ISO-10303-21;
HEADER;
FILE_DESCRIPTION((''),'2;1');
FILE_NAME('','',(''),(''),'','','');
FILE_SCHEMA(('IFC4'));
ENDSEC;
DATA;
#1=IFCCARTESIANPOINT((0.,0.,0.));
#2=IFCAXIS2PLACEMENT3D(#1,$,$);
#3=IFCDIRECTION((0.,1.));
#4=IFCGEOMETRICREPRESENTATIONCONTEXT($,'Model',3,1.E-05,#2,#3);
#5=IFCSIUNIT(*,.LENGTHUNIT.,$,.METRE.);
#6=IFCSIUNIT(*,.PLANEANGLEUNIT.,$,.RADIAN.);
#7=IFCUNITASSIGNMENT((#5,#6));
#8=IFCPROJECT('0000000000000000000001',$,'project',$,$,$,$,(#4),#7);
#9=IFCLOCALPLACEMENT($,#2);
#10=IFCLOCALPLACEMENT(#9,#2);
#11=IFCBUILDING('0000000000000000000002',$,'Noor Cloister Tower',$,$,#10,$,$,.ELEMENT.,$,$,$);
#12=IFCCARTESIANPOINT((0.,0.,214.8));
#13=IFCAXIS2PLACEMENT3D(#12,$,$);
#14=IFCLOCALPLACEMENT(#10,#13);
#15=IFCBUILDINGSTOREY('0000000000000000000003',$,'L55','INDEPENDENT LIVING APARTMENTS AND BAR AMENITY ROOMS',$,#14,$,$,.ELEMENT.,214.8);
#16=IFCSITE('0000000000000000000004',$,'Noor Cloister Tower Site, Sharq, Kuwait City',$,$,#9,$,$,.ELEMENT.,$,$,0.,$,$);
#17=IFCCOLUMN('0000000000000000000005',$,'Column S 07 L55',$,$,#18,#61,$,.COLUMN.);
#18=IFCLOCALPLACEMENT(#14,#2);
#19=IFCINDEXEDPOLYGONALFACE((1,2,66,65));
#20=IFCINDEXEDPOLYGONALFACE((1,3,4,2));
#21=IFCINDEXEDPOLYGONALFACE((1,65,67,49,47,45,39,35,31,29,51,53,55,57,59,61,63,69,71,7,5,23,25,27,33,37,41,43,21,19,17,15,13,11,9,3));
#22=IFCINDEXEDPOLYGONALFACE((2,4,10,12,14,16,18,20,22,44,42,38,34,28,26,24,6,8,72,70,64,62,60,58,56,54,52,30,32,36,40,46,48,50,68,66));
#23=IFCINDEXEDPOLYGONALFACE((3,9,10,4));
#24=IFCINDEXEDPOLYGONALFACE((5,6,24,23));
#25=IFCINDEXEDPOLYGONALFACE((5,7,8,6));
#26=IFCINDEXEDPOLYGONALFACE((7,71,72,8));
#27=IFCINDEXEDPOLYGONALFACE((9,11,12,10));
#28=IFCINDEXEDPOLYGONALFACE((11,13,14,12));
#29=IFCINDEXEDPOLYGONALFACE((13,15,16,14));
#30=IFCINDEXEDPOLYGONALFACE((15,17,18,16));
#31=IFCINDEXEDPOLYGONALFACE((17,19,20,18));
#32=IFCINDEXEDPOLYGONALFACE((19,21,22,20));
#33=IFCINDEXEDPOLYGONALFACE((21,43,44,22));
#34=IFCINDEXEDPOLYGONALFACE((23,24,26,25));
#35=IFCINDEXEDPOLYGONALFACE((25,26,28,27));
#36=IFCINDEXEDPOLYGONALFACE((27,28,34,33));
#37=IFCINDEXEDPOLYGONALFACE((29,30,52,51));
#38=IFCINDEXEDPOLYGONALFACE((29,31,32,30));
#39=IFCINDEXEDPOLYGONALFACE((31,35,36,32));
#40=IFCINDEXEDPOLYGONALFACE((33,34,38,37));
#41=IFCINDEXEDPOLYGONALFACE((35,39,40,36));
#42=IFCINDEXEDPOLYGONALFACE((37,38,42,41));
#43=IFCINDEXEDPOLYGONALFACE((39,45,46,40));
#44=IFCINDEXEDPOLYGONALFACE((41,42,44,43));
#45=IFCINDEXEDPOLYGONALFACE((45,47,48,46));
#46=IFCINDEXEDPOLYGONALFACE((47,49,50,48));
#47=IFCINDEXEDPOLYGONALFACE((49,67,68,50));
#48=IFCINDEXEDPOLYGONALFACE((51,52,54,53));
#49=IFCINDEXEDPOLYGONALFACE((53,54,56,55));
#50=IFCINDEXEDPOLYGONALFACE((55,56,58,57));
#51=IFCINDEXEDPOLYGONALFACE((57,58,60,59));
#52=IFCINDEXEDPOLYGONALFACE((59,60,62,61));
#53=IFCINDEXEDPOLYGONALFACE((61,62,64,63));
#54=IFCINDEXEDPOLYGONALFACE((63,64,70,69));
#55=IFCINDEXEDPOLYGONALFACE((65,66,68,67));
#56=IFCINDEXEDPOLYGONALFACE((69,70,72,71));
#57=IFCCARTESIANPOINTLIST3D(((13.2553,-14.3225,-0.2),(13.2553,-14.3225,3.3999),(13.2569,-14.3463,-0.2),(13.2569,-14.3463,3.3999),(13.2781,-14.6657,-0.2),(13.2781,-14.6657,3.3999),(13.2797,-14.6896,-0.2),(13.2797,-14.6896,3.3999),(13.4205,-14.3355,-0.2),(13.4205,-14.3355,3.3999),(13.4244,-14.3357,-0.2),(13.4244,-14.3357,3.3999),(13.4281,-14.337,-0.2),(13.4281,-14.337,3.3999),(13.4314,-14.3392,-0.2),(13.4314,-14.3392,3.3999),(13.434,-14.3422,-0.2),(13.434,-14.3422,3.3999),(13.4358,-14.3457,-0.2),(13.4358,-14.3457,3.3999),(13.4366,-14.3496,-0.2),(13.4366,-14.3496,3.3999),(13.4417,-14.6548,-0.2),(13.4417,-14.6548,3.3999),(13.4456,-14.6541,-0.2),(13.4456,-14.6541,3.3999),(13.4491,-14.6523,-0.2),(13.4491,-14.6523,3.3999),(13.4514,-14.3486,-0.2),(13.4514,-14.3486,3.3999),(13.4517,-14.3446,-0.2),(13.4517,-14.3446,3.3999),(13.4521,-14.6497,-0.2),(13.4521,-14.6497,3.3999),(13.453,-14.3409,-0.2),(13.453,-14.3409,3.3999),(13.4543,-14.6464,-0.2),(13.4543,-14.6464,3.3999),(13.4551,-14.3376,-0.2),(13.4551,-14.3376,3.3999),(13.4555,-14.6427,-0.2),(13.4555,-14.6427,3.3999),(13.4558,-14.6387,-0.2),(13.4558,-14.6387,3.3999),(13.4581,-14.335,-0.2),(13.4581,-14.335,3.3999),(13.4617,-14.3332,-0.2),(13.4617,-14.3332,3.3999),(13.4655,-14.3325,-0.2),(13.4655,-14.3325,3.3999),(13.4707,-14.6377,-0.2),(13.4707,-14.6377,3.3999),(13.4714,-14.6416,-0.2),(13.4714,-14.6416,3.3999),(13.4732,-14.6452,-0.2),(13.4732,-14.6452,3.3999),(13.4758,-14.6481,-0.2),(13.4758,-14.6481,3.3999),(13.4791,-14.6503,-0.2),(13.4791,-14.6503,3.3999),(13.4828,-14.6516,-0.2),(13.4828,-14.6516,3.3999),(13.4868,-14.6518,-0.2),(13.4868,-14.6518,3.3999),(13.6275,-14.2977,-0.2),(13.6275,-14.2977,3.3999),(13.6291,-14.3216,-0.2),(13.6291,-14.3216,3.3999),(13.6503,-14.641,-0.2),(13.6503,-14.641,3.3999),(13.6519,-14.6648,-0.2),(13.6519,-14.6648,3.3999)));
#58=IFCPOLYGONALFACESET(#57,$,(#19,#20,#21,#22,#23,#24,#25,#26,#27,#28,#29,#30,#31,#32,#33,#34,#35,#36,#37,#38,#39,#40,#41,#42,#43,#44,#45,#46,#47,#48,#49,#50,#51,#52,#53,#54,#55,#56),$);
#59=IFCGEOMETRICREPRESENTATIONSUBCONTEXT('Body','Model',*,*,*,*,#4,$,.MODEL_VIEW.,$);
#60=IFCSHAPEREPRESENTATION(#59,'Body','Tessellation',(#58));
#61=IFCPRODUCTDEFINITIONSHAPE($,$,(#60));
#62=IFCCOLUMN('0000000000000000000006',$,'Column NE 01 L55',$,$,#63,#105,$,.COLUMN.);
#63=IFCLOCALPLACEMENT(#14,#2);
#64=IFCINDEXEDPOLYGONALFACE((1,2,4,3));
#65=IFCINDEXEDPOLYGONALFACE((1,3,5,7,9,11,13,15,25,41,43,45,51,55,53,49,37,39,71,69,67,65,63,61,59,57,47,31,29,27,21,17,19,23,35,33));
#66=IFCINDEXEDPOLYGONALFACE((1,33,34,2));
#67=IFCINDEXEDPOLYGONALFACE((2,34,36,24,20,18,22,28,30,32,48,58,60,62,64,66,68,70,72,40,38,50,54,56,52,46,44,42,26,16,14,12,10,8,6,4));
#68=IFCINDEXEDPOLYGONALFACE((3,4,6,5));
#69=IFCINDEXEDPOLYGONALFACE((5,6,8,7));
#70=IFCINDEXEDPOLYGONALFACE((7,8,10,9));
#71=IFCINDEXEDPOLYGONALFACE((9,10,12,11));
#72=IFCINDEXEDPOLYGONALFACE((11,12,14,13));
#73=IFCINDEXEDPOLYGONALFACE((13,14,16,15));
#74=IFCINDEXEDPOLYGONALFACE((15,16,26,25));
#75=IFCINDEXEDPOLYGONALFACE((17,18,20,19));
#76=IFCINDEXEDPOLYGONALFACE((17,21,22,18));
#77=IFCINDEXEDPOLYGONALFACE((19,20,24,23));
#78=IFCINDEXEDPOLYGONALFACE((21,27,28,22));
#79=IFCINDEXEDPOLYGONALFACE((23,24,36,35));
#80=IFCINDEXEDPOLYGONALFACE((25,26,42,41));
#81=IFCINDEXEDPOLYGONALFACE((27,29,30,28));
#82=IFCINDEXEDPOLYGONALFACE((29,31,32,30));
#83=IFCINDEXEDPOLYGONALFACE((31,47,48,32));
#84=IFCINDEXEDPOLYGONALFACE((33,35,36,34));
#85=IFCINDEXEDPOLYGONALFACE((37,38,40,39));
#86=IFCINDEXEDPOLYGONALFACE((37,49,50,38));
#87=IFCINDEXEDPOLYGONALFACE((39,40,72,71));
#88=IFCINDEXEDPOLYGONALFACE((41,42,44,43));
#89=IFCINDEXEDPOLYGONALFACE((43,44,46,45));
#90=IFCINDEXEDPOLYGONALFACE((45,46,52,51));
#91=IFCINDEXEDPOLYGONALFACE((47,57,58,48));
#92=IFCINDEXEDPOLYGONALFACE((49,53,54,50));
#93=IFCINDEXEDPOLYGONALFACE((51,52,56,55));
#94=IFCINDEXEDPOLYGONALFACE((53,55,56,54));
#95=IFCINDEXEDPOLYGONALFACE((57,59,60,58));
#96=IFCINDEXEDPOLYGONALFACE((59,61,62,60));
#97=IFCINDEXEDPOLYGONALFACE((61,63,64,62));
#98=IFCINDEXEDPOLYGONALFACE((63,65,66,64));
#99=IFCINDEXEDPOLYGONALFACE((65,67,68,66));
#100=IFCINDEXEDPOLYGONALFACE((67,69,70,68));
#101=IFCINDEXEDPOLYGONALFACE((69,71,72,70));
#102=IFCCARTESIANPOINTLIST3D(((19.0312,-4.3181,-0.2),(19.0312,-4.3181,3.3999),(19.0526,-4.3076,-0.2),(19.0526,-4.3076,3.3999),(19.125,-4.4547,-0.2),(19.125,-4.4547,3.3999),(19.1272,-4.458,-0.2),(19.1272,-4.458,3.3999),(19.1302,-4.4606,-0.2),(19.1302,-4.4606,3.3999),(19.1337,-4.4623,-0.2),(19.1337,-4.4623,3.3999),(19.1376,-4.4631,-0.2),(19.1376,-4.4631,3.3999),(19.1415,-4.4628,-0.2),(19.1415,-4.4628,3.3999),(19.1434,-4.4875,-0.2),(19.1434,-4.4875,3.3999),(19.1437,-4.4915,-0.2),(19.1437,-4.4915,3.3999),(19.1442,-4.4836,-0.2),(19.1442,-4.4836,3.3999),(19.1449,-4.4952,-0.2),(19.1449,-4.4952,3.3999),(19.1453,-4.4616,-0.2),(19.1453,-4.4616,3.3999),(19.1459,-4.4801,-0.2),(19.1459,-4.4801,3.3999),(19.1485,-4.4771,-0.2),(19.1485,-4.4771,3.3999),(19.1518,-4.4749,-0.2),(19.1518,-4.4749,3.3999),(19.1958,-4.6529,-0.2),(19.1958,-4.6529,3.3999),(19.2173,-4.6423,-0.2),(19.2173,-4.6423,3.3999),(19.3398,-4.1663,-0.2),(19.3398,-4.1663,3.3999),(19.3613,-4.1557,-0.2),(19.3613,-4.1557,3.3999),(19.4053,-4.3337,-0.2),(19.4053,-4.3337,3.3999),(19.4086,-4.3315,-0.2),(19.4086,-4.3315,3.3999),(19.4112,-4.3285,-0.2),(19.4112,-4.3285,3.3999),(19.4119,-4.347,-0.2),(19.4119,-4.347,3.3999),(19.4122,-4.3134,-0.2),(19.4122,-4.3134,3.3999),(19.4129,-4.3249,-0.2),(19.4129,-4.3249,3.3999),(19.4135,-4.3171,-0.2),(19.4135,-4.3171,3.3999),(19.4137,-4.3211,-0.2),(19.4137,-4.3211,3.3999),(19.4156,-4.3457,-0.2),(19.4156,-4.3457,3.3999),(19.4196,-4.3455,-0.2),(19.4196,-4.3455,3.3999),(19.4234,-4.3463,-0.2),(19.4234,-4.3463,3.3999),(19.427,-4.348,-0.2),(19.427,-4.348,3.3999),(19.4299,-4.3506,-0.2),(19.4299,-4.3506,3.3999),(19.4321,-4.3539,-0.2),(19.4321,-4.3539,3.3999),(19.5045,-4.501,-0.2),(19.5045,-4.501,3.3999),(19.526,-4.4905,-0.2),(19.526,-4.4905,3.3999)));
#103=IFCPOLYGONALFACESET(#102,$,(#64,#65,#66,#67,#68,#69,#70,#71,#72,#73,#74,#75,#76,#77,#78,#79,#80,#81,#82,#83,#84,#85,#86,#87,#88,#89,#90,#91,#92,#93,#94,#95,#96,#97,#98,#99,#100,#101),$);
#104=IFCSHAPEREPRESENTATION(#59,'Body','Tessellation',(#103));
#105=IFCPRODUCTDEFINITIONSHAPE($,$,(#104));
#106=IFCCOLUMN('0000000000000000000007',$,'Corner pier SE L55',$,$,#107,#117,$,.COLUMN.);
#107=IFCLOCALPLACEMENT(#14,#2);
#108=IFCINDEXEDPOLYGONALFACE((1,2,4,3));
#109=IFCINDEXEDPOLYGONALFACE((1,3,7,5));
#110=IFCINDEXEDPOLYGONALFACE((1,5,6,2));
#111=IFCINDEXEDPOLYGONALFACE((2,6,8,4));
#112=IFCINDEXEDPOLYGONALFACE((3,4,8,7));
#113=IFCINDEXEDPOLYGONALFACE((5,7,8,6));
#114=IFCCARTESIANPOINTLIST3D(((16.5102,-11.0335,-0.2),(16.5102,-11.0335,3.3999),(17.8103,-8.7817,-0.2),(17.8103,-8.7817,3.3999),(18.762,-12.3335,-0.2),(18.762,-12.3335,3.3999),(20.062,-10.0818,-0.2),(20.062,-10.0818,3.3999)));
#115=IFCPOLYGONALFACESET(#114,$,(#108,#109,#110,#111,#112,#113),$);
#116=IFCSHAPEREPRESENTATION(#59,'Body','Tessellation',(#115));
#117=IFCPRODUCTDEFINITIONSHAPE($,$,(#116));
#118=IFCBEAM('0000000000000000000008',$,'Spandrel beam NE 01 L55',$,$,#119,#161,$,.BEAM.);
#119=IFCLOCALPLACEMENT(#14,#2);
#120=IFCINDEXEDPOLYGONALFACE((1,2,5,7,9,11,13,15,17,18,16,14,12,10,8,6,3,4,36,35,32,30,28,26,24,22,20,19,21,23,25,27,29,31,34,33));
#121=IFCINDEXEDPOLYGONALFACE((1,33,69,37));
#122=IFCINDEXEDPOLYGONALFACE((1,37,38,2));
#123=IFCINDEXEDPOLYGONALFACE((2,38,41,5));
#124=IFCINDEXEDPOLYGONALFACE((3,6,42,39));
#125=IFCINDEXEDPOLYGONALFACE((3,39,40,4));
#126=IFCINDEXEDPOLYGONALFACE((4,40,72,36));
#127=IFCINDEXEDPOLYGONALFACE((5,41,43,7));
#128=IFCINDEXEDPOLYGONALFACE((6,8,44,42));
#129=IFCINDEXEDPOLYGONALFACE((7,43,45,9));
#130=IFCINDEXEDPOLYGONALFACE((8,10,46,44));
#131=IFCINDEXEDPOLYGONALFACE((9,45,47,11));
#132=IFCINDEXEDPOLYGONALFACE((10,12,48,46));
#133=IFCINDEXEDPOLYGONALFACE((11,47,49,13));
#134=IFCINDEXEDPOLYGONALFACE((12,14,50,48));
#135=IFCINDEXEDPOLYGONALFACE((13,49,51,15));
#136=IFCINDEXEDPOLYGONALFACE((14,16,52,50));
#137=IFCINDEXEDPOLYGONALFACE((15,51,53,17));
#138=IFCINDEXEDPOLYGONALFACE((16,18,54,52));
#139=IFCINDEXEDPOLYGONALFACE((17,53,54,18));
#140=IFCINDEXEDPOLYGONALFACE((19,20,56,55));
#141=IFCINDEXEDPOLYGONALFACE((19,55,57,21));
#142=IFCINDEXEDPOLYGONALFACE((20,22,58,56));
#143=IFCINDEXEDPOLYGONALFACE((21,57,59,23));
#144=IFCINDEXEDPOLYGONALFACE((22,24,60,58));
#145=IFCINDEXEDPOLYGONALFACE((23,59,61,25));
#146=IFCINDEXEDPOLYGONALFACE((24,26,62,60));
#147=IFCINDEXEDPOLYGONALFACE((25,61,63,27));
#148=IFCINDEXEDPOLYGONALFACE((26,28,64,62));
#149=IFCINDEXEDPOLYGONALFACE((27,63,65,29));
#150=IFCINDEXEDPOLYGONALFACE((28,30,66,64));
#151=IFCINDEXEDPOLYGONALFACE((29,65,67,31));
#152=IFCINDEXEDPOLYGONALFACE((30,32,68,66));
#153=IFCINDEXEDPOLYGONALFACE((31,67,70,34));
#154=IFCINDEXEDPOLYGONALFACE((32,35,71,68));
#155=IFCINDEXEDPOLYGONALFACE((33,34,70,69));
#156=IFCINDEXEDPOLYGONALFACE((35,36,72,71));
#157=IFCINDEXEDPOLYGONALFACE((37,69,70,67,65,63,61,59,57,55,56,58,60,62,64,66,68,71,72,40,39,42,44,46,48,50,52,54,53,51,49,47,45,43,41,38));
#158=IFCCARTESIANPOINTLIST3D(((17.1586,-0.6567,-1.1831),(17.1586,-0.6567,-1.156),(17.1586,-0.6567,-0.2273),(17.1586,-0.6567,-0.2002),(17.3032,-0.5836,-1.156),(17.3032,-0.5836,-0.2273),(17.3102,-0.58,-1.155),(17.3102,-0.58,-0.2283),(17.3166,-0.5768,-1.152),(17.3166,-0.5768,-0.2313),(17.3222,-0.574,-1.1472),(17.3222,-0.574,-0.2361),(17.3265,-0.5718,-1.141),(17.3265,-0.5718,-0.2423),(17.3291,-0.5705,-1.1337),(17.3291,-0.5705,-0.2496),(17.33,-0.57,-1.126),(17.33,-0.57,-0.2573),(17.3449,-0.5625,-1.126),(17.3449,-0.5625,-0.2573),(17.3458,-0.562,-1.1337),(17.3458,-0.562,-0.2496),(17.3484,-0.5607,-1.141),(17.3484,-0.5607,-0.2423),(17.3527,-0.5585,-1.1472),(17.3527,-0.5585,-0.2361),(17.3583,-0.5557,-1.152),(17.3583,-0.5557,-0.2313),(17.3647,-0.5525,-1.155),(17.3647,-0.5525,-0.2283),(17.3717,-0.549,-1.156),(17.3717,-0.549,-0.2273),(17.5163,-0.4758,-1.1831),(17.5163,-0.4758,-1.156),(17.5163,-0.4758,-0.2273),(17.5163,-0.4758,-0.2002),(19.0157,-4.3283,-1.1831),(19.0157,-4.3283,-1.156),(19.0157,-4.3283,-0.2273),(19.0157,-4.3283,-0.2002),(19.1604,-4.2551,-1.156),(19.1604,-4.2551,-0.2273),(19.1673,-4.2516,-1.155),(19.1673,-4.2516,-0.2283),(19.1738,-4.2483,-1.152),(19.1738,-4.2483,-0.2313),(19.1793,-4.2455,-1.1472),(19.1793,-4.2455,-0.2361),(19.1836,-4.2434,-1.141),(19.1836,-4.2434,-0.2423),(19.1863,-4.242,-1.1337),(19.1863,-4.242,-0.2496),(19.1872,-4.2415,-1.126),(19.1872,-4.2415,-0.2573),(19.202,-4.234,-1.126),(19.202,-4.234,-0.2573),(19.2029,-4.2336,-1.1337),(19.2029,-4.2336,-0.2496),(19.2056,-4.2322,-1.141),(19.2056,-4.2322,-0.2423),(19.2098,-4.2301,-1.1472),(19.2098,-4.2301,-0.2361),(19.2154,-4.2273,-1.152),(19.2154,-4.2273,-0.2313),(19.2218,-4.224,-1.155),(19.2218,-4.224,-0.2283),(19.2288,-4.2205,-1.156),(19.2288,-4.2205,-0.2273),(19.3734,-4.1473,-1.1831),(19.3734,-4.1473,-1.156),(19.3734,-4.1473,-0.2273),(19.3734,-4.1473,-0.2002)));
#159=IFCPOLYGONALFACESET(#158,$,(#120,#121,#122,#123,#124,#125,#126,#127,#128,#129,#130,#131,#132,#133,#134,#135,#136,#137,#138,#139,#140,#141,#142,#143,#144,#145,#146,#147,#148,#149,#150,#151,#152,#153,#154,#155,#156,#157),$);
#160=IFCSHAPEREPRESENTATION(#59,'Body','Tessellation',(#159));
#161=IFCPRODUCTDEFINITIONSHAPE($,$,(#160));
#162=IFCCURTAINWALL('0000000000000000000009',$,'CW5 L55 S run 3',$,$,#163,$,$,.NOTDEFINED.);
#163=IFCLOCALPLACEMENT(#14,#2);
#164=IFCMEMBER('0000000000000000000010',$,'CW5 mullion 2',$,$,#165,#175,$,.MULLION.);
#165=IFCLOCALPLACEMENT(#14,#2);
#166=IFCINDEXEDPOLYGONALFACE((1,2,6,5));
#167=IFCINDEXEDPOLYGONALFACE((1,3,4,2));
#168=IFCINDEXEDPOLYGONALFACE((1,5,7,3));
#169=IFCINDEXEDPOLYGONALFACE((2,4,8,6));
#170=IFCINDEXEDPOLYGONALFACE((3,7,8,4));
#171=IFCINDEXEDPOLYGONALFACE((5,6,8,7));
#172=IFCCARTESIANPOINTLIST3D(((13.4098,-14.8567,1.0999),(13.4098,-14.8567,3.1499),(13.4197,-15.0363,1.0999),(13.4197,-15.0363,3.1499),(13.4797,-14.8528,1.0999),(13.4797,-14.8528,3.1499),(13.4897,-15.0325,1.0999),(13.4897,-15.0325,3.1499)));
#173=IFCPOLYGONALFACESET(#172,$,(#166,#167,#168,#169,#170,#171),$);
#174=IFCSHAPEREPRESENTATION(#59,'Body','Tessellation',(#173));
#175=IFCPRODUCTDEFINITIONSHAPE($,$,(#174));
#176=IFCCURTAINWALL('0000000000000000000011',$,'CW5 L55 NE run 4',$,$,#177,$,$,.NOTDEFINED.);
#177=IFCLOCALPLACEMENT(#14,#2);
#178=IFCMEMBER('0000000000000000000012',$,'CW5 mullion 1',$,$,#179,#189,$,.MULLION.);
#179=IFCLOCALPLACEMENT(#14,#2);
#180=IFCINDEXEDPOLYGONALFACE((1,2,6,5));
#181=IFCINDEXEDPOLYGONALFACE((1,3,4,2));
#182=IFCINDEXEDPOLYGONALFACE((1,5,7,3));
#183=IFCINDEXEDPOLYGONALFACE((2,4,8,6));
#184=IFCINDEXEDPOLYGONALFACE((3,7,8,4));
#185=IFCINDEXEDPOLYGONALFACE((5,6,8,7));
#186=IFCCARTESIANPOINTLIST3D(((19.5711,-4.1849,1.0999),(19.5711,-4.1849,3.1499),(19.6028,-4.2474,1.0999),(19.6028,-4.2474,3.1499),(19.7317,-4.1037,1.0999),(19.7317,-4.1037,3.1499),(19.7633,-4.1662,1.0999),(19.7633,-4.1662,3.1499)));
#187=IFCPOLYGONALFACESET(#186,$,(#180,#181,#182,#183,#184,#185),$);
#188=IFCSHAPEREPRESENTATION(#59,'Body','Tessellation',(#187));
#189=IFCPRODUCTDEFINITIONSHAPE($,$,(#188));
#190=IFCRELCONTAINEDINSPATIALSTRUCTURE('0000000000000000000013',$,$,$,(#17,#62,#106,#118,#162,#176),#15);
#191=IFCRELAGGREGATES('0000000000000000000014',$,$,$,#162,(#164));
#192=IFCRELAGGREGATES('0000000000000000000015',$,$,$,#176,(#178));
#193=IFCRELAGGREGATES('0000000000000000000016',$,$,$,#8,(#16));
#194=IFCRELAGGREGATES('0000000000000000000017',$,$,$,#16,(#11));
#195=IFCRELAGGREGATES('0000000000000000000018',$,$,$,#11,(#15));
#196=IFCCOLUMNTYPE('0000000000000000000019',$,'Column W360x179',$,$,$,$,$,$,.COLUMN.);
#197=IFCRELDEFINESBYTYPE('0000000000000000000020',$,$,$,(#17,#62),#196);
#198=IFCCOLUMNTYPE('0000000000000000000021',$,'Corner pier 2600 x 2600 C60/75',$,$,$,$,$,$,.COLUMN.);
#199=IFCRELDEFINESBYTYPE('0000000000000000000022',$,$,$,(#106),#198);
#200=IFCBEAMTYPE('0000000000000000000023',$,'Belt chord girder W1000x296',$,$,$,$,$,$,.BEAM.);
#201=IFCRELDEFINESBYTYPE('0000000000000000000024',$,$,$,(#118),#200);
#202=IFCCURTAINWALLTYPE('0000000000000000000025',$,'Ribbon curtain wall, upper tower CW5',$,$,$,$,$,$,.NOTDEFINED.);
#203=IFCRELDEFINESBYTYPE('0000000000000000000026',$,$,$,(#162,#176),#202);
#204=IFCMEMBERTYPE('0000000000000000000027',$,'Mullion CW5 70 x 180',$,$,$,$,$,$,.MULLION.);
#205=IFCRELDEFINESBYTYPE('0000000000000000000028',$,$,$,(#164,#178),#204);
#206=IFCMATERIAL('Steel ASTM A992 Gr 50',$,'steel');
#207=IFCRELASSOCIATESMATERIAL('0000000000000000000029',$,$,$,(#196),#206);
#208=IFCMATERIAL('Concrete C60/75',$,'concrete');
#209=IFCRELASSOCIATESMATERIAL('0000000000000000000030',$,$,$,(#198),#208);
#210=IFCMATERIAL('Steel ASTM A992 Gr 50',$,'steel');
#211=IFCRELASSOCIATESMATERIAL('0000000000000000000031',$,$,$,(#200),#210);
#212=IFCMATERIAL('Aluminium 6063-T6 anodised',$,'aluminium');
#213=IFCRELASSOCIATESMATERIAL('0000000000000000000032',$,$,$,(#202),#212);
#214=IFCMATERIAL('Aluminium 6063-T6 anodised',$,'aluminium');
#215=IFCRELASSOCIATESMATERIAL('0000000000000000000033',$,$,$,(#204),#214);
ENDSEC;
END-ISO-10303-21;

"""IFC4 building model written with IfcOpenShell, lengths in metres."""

from ifc_helpers import new_model, si_unit, direction, frame, origin, origin_2d, place, context, subcontext, project, spatial, rectangle, i_section, extrude, material, material_profile, profile_set, type_object, element, aggregate, save


model = new_model("IFC4")

# Units and contexts
model_context = context("Model", 3, precision=1e-05, world=origin(), true_north=direction((0.0, 1.0)))
body_context = subcontext(model_context, "Body", "Model", "MODEL_VIEW")
ifc_project = project(units=[si_unit("LENGTHUNIT", "METRE"), si_unit("PLANEANGLEUNIT", "RADIAN")], contexts=[model_context])

# Site, building, storey
site_placement = place(None, origin())
site = spatial("IfcSite", under=ifc_project, at=site_placement, Name="Noor Cloister Tower Site, Sharq, Kuwait City", CompositionType="ELEMENT", RefElevation=0.0)
building_placement = place(site_placement, origin())
building = spatial("IfcBuilding", under=site, at=building_placement, Name="Noor Cloister Tower", CompositionType="ELEMENT")
storey_placement = place(building_placement, frame((0.0, 0.0, 214.8)))
storey = spatial("IfcBuildingStorey", under=building, at=storey_placement, Name="L55", Description="INDEPENDENT LIVING APARTMENTS AND BAR AMENITY ROOMS", CompositionType="ELEMENT", Elevation=214.8)

# Columns
ifc_material_1 = material(Name="Steel ASTM A992 Gr 50", Category="steel")
ifc_material_profile_1 = material_profile(ifc_material_1, i_section(OverallWidth=0.373, OverallDepth=0.3679, WebThickness=0.0149, FlangeThickness=0.0239, FilletRadius=0.0151, at=origin_2d()), Name="W360x179")
ifc_profile_set_1 = profile_set([ifc_material_profile_1], Name="Steel ASTM A992 Gr 50")
column_type_1 = type_object("IfcColumnType", Name="Column W360x179", PredefinedType="COLUMN", material=ifc_profile_set_1)
for number, where, z_axis, x_axis, name in (
    (1, (13.4536, -14.4937, -0.2), (0.0, 0.0, 1.0), (0.997796, 0.066352, 0.0), "Column S 07 L55"),
    (2, (19.2786, -4.4043, -0.2), (0.0, 0.0, 1.0), (-0.441436, 0.897293, 0.0), "Column NE 01 L55"),
):
    element("IfcColumn", number, at=place(storey_placement, frame(where, z_axis=z_axis, x_axis=x_axis)), inside=storey, type_object=column_type_1, Name=name, PredefinedType="COLUMN", context=body_context, shape_type="SweptSolid", body=[
        extrude(i_section(OverallWidth=0.373, OverallDepth=0.3679, WebThickness=0.0149, FlangeThickness=0.0239, FilletRadius=0.0151, at=origin_2d()), origin(), (0.0, 0.0, 1.0), 3.5999),
    ])
ifc_material_2 = material(Name="Concrete C60/75", Category="concrete")
ifc_material_profile_2 = material_profile(ifc_material_2, rectangle(XDim=2.6001, YDim=2.6001, at=origin_2d()), Name="RC 2600x2600")
ifc_profile_set_2 = profile_set([ifc_material_profile_2], Name="Concrete C60/75")
column_type_2 = type_object("IfcColumnType", Name="Corner pier 2600 x 2600 C60/75", PredefinedType="COLUMN", material=ifc_profile_set_2)
column_placement = place(storey_placement, frame((18.2861, -10.5576, -0.2), z_axis=(0.0, 0.0, 1.0), x_axis=(0.866025, -0.5, 0.0)))
element("IfcColumn", 3, at=column_placement, inside=storey, type_object=column_type_2, Name="Corner pier SE L55", PredefinedType="COLUMN", context=body_context, shape_type="SweptSolid", body=[
    extrude(rectangle(XDim=2.6001, YDim=2.6001, at=origin_2d()), origin(), (0.0, 0.0, 1.0), 3.5999),
])

# Beam
ifc_material_3 = material(Name="Steel ASTM A992 Gr 50", Category="steel")
ifc_material_profile_3 = material_profile(ifc_material_3, i_section(OverallWidth=0.4009, OverallDepth=0.9829, WebThickness=0.0166, FlangeThickness=0.0271, FilletRadius=0.03, at=origin_2d()), Name="W1000x296")
ifc_profile_set_3 = profile_set([ifc_material_profile_3], Name="Steel ASTM A992 Gr 50")
beam_type_1 = type_object("IfcBeamType", Name="Belt chord girder W1000x296", PredefinedType="BEAM", material=ifc_profile_set_3)
beam_1_placement = place(storey_placement, frame((19.1946, -4.2378, -0.6917), z_axis=(-0.451362, 0.892341, 0.0), x_axis=(-0.892341, -0.451362, 0.0)))
element("IfcBeam", 4, at=beam_1_placement, inside=storey, type_object=beam_type_1, Name="Spandrel beam NE 01 L55", PredefinedType="BEAM", context=body_context, shape_type="SweptSolid", body=[
    extrude(i_section(OverallWidth=0.4009, OverallDepth=0.9829, WebThickness=0.0166, FlangeThickness=0.0271, FilletRadius=0.03, at=origin_2d()), origin(), (0.0, 0.0, 1.0), 4.1145),
])

# Curtain walls, members
ifc_material_4 = material(Name="Aluminium 6063-T6 anodised", Category="aluminium")
curtain_wall_type = type_object("IfcCurtainWallType", Name="Ribbon curtain wall, upper tower CW5", PredefinedType="NOTDEFINED", material=ifc_material_4)
curtain_wall_1_placement = place(storey_placement, origin())
curtain_wall_1 = element("IfcCurtainWall", 5, at=curtain_wall_1_placement, inside=storey, type_object=curtain_wall_type, Name="CW5 L55 S run 3", PredefinedType="NOTDEFINED")
ifc_material_5 = material(Name="Aluminium 6063-T6 anodised", Category="aluminium")
ifc_material_profile_4 = material_profile(ifc_material_5, rectangle(XDim=0.1799, YDim=0.0701, at=origin_2d()), Name="180 x 70 mullion")
ifc_profile_set_4 = profile_set([ifc_material_profile_4], Name="Aluminium 6063-T6 anodised")
member_type = type_object("IfcMemberType", Name="Mullion CW5 70 x 180", PredefinedType="MULLION", material=ifc_profile_set_4)
member_1_placement = place(storey_placement, frame((13.4497, -14.9446, 1.0999), z_axis=(0.0, 0.0, 1.0), x_axis=(-0.055305, 0.998469, 0.0)))
member_1 = element("IfcMember", 6, at=member_1_placement, type_object=member_type, Name="CW5 mullion 2", PredefinedType="MULLION", context=body_context, shape_type="SweptSolid", body=[
    extrude(rectangle(XDim=0.1799, YDim=0.0701, at=origin_2d()), origin(), (0.0, 0.0, 1.0), 2.05),
])
curtain_wall_2_placement = place(storey_placement, origin())
curtain_wall_2 = element("IfcCurtainWall", 7, at=curtain_wall_2_placement, inside=storey, type_object=curtain_wall_type, Name="CW5 L55 NE run 4", PredefinedType="NOTDEFINED")
member_2_placement = place(storey_placement, frame((19.6672, -4.1755, 1.0999), z_axis=(0.0, 0.0, 1.0), x_axis=(-0.892353, -0.451339, 0.0)))
member_2 = element("IfcMember", 8, at=member_2_placement, type_object=member_type, Name="CW5 mullion 1", PredefinedType="MULLION", context=body_context, shape_type="SweptSolid", body=[
    extrude(rectangle(XDim=0.1799, YDim=0.0701, at=origin_2d()), origin(), (0.0, 0.0, 1.0), 2.05),
])

aggregate(curtain_wall_1, [member_1])
aggregate(curtain_wall_2, [member_2])

save(model, "model.ifc")
